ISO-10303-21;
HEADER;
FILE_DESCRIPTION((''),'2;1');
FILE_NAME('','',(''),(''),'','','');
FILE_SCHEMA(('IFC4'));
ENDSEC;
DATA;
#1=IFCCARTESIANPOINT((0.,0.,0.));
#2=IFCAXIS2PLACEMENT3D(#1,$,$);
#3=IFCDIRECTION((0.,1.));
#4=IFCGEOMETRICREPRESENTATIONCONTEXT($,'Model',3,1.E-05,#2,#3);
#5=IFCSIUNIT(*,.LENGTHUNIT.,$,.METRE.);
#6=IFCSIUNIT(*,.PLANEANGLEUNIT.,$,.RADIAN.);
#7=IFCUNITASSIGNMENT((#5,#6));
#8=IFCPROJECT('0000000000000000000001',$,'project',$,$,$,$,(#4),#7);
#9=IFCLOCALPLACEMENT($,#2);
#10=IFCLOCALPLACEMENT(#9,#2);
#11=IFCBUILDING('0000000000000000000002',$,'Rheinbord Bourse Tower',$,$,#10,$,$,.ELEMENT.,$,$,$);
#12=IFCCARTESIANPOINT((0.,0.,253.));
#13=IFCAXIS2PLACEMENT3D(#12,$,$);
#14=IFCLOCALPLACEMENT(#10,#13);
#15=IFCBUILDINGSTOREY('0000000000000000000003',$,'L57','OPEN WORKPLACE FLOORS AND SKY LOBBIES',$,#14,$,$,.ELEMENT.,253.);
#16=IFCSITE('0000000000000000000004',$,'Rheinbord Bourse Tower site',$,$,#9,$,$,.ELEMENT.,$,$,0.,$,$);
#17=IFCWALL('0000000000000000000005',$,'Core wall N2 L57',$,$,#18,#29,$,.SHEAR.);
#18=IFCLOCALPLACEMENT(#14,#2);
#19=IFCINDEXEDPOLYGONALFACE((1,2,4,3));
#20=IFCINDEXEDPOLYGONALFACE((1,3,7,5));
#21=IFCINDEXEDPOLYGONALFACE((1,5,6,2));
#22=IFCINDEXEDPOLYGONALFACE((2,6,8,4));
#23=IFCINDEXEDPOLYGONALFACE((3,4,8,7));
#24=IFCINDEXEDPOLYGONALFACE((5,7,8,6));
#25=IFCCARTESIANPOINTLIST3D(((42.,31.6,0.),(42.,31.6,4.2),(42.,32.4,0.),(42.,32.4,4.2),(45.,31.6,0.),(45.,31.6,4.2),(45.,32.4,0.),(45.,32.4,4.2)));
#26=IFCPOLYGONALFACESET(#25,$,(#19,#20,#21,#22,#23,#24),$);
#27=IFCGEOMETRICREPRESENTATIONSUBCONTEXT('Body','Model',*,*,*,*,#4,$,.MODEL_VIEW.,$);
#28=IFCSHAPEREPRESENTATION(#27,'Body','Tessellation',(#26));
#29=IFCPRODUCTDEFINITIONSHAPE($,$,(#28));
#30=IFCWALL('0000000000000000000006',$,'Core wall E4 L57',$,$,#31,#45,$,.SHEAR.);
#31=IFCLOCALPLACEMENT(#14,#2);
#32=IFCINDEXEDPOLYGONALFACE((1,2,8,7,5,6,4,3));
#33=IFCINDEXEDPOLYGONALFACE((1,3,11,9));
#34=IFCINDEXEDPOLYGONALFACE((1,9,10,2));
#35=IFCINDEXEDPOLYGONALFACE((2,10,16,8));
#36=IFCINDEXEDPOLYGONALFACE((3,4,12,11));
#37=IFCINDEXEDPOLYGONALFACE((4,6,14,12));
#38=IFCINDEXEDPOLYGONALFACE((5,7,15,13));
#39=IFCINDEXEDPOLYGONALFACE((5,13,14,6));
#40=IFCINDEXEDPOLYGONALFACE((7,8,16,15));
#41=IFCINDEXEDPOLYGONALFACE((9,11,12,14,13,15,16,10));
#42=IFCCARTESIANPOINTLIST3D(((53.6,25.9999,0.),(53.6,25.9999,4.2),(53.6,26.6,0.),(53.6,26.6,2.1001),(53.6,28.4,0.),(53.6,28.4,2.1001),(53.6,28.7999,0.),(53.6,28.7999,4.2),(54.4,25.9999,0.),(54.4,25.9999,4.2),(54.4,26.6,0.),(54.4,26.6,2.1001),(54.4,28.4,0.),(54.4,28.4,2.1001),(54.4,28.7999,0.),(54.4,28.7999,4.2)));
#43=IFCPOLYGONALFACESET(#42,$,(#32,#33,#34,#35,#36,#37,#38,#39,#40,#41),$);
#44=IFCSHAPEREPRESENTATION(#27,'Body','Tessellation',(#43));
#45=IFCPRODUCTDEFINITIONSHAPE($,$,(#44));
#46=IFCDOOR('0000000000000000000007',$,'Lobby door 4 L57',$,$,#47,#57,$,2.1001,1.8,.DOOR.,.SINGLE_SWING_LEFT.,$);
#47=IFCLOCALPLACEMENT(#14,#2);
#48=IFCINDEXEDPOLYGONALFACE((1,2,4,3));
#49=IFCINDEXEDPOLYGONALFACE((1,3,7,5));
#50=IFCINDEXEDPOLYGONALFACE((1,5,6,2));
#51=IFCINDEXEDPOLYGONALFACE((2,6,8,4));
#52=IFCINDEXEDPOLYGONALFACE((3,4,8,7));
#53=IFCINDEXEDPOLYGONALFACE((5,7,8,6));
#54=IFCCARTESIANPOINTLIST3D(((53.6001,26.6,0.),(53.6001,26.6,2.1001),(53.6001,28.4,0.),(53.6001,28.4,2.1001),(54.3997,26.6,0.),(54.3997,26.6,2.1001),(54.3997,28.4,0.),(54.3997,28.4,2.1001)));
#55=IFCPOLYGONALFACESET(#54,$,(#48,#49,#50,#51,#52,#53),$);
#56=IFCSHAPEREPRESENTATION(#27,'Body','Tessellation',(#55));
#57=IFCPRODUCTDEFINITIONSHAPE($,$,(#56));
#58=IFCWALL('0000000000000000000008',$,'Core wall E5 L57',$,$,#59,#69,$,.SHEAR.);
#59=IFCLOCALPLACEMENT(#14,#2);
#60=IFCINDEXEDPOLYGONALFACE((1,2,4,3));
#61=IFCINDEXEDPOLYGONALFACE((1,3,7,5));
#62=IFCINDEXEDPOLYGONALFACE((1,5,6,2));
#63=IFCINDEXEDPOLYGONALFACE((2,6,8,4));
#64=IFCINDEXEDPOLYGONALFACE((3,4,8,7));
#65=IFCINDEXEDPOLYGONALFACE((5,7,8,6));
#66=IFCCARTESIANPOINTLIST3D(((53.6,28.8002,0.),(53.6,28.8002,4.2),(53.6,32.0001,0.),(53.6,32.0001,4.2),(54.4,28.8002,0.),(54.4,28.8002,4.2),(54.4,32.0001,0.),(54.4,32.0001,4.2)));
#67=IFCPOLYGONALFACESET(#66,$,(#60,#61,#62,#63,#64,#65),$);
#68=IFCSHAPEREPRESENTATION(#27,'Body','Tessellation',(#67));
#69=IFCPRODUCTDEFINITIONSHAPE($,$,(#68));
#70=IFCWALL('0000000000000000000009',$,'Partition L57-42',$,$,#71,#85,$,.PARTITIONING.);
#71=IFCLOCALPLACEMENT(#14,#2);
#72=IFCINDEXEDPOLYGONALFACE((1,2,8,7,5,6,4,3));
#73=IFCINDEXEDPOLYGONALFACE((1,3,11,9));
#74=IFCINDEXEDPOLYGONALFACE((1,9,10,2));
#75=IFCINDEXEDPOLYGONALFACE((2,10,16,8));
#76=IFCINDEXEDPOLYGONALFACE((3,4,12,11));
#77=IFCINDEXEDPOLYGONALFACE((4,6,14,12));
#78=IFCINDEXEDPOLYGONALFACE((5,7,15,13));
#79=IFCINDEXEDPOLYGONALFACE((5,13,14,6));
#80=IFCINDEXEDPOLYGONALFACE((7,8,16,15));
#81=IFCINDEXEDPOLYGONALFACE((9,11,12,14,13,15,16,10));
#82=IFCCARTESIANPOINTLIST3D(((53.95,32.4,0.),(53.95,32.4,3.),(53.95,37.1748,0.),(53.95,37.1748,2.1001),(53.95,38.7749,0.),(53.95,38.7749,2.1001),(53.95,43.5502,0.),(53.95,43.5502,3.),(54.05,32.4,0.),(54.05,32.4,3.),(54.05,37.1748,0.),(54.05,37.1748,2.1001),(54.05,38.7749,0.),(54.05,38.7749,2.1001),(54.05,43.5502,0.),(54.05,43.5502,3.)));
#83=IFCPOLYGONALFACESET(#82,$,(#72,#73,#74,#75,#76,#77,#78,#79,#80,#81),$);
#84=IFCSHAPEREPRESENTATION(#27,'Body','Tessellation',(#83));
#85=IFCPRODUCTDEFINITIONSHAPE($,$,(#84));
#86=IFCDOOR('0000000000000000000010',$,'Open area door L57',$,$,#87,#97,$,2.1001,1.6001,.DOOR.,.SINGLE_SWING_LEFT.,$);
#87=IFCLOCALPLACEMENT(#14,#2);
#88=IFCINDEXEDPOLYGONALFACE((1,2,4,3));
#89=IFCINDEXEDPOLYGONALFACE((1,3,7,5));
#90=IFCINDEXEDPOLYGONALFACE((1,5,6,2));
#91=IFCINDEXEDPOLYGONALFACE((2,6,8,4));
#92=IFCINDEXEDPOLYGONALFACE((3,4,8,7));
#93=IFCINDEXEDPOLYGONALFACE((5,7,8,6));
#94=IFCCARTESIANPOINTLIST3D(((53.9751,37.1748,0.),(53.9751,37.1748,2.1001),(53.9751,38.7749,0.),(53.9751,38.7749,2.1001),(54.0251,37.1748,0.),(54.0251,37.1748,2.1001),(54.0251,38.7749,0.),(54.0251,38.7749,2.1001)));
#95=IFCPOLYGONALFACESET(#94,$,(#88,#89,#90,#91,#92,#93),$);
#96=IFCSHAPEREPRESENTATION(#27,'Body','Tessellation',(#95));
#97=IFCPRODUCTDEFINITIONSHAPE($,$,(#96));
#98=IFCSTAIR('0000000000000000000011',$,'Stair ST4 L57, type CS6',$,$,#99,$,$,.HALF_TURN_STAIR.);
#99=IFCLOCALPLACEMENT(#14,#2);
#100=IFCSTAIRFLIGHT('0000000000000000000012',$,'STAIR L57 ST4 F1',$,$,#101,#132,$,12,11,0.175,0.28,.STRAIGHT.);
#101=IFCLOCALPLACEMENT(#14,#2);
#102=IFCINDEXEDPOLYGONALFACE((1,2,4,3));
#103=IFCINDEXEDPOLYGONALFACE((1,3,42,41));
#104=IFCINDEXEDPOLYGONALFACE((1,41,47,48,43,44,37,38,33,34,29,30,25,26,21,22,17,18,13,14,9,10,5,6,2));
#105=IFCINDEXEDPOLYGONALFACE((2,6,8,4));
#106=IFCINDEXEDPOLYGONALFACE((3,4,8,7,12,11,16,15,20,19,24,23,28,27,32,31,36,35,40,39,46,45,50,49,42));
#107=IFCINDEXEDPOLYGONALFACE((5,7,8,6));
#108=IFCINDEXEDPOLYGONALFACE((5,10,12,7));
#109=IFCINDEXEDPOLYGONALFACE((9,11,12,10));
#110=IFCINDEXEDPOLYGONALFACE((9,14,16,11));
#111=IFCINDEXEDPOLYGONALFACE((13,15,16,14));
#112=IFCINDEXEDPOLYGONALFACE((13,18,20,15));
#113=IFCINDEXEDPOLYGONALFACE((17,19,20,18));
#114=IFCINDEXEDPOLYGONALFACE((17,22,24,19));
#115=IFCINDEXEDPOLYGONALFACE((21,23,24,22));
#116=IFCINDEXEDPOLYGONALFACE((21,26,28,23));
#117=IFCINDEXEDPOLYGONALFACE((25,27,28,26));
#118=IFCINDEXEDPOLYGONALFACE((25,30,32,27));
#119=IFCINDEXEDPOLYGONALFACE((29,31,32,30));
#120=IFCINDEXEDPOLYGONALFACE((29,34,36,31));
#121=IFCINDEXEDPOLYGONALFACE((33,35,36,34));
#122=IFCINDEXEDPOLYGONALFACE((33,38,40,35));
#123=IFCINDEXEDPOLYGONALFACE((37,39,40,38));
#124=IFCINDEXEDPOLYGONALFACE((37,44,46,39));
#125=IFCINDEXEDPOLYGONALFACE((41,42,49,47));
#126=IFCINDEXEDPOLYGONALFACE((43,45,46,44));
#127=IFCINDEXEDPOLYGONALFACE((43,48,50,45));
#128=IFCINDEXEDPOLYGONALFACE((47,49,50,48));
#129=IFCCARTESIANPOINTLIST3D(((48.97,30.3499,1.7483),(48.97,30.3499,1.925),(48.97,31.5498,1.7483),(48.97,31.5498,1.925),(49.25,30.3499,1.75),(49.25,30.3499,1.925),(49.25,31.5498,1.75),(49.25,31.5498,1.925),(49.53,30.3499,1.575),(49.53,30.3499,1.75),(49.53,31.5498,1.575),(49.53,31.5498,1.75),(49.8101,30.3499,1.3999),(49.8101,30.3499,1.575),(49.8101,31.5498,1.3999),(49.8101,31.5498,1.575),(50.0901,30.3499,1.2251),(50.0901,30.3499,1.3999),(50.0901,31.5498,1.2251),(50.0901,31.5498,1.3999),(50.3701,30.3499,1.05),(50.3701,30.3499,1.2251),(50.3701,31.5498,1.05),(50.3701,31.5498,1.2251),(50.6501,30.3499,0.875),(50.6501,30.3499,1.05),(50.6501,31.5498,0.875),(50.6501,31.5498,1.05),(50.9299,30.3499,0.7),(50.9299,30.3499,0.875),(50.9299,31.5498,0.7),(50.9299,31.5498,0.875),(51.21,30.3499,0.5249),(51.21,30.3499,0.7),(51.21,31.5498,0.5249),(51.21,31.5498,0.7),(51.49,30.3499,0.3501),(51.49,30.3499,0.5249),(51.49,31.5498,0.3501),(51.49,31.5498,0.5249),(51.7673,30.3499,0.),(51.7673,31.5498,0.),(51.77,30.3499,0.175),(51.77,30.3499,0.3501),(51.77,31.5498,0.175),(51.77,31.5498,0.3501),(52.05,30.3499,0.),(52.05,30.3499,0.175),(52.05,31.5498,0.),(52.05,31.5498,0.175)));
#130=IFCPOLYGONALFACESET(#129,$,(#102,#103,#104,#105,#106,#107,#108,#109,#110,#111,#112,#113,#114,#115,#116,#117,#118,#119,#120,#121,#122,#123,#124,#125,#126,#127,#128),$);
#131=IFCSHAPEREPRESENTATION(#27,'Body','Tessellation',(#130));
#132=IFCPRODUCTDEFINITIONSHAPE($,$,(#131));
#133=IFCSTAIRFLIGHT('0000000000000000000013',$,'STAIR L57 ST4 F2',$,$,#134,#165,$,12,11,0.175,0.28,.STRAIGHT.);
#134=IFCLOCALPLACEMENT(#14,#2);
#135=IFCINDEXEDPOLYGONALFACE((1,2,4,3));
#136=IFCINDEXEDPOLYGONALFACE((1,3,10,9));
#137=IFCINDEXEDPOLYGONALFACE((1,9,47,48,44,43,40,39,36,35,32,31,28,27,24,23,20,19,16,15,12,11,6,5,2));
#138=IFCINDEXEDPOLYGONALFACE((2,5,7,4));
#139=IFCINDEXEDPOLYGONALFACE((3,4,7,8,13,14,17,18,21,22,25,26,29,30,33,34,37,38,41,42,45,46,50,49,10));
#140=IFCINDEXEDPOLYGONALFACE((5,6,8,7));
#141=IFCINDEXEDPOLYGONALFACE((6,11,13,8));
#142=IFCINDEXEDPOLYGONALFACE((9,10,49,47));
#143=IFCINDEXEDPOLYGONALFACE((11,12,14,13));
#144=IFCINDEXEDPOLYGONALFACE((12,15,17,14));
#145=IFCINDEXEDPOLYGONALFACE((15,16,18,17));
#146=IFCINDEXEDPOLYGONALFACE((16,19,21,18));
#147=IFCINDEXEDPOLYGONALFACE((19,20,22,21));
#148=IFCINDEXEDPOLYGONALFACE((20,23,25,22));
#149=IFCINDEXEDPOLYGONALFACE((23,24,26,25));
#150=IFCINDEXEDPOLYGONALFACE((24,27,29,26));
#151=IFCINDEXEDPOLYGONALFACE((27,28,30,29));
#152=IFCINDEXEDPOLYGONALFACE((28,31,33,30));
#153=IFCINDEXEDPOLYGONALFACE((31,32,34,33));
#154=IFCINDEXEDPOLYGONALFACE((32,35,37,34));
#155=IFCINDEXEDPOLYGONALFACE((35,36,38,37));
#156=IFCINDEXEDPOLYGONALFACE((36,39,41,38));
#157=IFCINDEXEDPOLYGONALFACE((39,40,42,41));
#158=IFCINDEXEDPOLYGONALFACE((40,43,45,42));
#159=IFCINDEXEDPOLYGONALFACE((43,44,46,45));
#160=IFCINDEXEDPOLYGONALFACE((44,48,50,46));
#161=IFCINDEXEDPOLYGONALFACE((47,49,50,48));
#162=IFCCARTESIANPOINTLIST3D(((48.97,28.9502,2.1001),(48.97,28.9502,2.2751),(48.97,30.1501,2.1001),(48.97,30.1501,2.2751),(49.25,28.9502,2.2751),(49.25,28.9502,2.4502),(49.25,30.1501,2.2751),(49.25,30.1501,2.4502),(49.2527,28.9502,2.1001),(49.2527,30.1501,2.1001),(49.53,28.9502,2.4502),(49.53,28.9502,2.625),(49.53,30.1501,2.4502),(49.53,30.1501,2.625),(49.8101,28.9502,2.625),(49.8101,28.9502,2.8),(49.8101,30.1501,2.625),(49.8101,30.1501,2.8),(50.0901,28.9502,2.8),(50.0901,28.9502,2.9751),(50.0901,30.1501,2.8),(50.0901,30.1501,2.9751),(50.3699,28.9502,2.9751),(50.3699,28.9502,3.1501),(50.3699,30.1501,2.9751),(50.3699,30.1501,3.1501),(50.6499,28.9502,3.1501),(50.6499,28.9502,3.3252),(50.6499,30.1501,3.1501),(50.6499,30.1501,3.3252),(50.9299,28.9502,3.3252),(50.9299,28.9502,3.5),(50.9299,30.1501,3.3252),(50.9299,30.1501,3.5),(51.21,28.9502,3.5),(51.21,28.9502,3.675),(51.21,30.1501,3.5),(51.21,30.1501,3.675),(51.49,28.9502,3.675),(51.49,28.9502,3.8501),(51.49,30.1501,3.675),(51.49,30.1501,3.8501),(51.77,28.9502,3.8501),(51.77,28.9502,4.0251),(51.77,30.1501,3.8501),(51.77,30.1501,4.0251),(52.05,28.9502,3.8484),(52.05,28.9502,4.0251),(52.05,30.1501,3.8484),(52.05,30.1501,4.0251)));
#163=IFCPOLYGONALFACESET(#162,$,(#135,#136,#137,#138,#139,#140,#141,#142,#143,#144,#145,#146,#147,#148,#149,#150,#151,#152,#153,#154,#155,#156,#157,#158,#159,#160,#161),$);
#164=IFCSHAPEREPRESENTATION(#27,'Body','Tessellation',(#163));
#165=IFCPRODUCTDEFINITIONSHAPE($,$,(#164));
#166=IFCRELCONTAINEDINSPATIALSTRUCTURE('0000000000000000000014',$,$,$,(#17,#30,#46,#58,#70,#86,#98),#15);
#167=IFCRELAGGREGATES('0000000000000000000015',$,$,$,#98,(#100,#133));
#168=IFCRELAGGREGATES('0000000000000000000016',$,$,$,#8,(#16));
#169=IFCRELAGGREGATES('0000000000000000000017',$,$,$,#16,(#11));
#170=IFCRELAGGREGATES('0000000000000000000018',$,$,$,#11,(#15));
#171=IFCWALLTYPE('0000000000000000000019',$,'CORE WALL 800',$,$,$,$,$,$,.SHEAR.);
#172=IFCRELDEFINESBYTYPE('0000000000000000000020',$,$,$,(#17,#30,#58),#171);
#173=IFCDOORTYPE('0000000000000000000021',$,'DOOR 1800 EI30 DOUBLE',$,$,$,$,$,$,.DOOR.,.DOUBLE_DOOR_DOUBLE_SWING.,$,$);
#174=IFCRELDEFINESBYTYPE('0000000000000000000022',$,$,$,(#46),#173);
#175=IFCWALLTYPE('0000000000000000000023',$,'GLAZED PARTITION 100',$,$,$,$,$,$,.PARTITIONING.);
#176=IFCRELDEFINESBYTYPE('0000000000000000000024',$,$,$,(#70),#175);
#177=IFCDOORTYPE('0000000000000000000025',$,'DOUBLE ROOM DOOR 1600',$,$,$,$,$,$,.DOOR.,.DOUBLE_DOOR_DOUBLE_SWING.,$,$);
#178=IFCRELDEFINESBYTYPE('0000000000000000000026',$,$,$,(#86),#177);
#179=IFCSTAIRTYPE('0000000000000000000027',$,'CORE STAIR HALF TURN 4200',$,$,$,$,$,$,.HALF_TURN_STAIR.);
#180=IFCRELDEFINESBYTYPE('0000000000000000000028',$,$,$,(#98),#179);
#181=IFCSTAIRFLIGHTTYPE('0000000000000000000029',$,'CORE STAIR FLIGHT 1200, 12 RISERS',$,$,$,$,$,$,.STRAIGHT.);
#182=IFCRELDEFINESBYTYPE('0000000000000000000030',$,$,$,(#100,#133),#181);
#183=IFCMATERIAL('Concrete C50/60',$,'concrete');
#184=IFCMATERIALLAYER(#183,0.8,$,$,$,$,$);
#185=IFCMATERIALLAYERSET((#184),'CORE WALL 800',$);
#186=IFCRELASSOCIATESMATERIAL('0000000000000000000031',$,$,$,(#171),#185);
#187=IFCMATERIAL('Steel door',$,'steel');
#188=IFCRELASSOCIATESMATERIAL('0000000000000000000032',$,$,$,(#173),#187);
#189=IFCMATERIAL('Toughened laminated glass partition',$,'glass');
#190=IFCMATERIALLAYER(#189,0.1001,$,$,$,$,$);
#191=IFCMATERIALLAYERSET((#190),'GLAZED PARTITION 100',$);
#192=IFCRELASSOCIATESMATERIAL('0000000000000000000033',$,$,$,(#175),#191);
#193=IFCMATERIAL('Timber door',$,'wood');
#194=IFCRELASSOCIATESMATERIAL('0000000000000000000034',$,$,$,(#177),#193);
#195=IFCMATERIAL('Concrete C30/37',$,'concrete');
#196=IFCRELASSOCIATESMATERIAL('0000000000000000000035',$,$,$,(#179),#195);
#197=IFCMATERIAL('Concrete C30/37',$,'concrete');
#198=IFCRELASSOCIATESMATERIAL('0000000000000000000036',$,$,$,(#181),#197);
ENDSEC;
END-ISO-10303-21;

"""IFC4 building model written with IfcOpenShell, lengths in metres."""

from ifc_helpers import new_model, si_unit, direction, frame, frame_2d, origin, place, context, subcontext, project, spatial, polyline, rectangle, outline, extrude, material, layer, layer_set, type_object, element, fill, aggregate, save


model = new_model("IFC4")

# Units and contexts
model_context = context("Model", 3, precision=1e-05, world=origin(), true_north=direction((0.0, 1.0)))
body_context = subcontext(model_context, "Body", "Model", "MODEL_VIEW")
ifc_project = project(units=[si_unit("LENGTHUNIT", "METRE"), si_unit("PLANEANGLEUNIT", "RADIAN")], contexts=[model_context])

# Site, building, storey
site_placement = place(None, origin())
site = spatial("IfcSite", under=ifc_project, at=site_placement, Name="Rheinbord Bourse Tower site", CompositionType="ELEMENT", RefElevation=0.0)
building_placement = place(site_placement, origin())
building = spatial("IfcBuilding", under=site, at=building_placement, Name="Rheinbord Bourse Tower", CompositionType="ELEMENT")
storey_placement = place(building_placement, frame((0.0, 0.0, 253.0)))
storey = spatial("IfcBuildingStorey", under=building, at=storey_placement, Name="L57", Description="OPEN WORKPLACE FLOORS AND SKY LOBBIES", CompositionType="ELEMENT", Elevation=253.0)

# Wall
ifc_material_1 = material(Name="Concrete C50/60", Category="concrete")
ifc_layer_1 = layer(ifc_material_1, 0.8)
ifc_layer_set_1 = layer_set([ifc_layer_1], Name="CORE WALL 800")
wall_type_1 = type_object("IfcWallType", Name="CORE WALL 800", PredefinedType="SHEAR", material=ifc_layer_set_1)
wall_1_placement = place(storey_placement, frame((45.0, 32.0, 0.0), z_axis=(0.0, 0.0, 1.0), x_axis=(-1.0, 0.0, 0.0)))
element("IfcWall", 1, at=wall_1_placement, inside=storey, type_object=wall_type_1, Name="Core wall N2 L57", PredefinedType="SHEAR", context=body_context, shape_type="SweptSolid", body=[
    extrude(rectangle(XDim=3.0, YDim=0.8, at=frame_2d((1.5, 0.0))), origin(), (0.0, 0.0, 1.0), 4.2),
])

# Wall, opening, door
wall_2_placement = place(storey_placement, frame((54.0, 26.0, 0.0), z_axis=(0.0, 0.0, 1.0), x_axis=(0.0, 1.0, 0.0)))
wall_2 = element("IfcWall", 2, at=wall_2_placement, inside=storey, type_object=wall_type_1, Name="Core wall E4 L57", PredefinedType="SHEAR", context=body_context, shape_type="SweptSolid", body=[
    extrude(rectangle(XDim=2.8, YDim=0.8, at=frame_2d((1.3999, 0.0))), origin(), (0.0, 0.0, 1.0), 4.2),
])
opening_1_placement = place(wall_2_placement, frame((0.6001, 0.0, 0.0)))
opening_1 = element("IfcOpeningElement", 3, at=opening_1_placement, cuts=wall_2, PredefinedType="OPENING", context=body_context, shape_type="SweptSolid", body=[
    extrude(rectangle(XDim=1.8, YDim=2.1001, at=frame_2d((0.8999, 1.05))), frame((0.0, 0.4099, 0.0), z_axis=(0.0, -1.0, 0.0), x_axis=(1.0, 0.0, 0.0)), (0.0, 0.0, 1.0), 0.8201),
])
ifc_material_2 = material(Name="Steel door", Category="steel")
door_type_1 = type_object("IfcDoorType", Name="DOOR 1800 EI30 DOUBLE", OperationType="DOUBLE_DOOR_DOUBLE_SWING", PredefinedType="DOOR", material=ifc_material_2)
door_1_placement = place(opening_1_placement, origin())
door_1 = element("IfcDoor", 4, at=door_1_placement, inside=storey, type_object=door_type_1, Name="Lobby door 4 L57", OperationType="SINGLE_SWING_LEFT", OverallHeight=2.1001, OverallWidth=1.8, PredefinedType="DOOR", context=body_context, shape_type="SweptSolid", body=[
    extrude(rectangle(XDim=1.8, YDim=2.1001, at=frame_2d((0.8999, 1.05))), frame((0.0, 0.3999, 0.0), z_axis=(0.0, -1.0, 0.0), x_axis=(1.0, 0.0, 0.0)), (0.0, 0.0, 1.0), 0.7996),
])
fill(opening_1, door_1)

# Wall
wall_3_placement = place(storey_placement, frame((54.0, 28.8, 0.0), z_axis=(0.0, 0.0, 1.0), x_axis=(0.0, 1.0, 0.0)))
element("IfcWall", 5, at=wall_3_placement, inside=storey, type_object=wall_type_1, Name="Core wall E5 L57", PredefinedType="SHEAR", context=body_context, shape_type="SweptSolid", body=[
    extrude(rectangle(XDim=3.2, YDim=0.8, at=frame_2d((1.6001, 0.0))), origin(), (0.0, 0.0, 1.0), 4.2),
])

# Wall, opening, door
ifc_material_3 = material(Name="Toughened laminated glass partition", Category="glass")
ifc_layer_2 = layer(ifc_material_3, 0.1001)
ifc_layer_set_2 = layer_set([ifc_layer_2], Name="GLAZED PARTITION 100")
wall_type_2 = type_object("IfcWallType", Name="GLAZED PARTITION 100", PredefinedType="PARTITIONING", material=ifc_layer_set_2)
wall_4_placement = place(storey_placement, frame((54.0, 32.3999, 0.0), z_axis=(0.0, 0.0, 1.0), x_axis=(0.0, 1.0, 0.0)))
wall_4 = element("IfcWall", 6, at=wall_4_placement, inside=storey, type_object=wall_type_2, Name="Partition L57-42", PredefinedType="PARTITIONING", context=body_context, shape_type="SweptSolid", body=[
    extrude(rectangle(XDim=11.1501, YDim=0.1001, at=frame_2d((5.5752, 0.0))), origin(), (0.0, 0.0, 1.0), 3.0),
])
opening_2_placement = place(wall_4_placement, frame((4.7749, 0.0, 0.0)))
opening_2 = element("IfcOpeningElement", 7, at=opening_2_placement, cuts=wall_4, PredefinedType="OPENING", context=body_context, shape_type="SweptSolid", body=[
    extrude(rectangle(XDim=1.6001, YDim=2.1001, at=frame_2d((0.8, 1.05))), frame((0.0, 0.0601, 0.0), z_axis=(0.0, -1.0, 0.0), x_axis=(1.0, 0.0, 0.0)), (0.0, 0.0, 1.0), 0.1201),
])
ifc_material_4 = material(Name="Timber door", Category="wood")
door_type_2 = type_object("IfcDoorType", Name="DOUBLE ROOM DOOR 1600", OperationType="DOUBLE_DOOR_DOUBLE_SWING", PredefinedType="DOOR", material=ifc_material_4)
door_2_placement = place(opening_2_placement, origin())
door_2 = element("IfcDoor", 8, at=door_2_placement, inside=storey, type_object=door_type_2, Name="Open area door L57", OperationType="SINGLE_SWING_LEFT", OverallHeight=2.1001, OverallWidth=1.6001, PredefinedType="DOOR", context=body_context, shape_type="SweptSolid", body=[
    extrude(rectangle(XDim=1.6001, YDim=2.1001, at=frame_2d((0.8, 1.05))), frame((0.0, 0.0249, 0.0), z_axis=(0.0, -1.0, 0.0), x_axis=(1.0, 0.0, 0.0)), (0.0, 0.0, 1.0), 0.05),
])
fill(opening_2, door_2)

# Stair, stair flights
ifc_material_5 = material(Name="Concrete C30/37", Category="concrete")
stair_type = type_object("IfcStairType", Name="CORE STAIR HALF TURN 4200", PredefinedType="HALF_TURN_STAIR", material=ifc_material_5)
stair_placement = place(storey_placement, origin())
stair = element("IfcStair", 9, at=stair_placement, inside=storey, type_object=stair_type, Name="Stair ST4 L57, type CS6", PredefinedType="HALF_TURN_STAIR")
ifc_material_6 = material(Name="Concrete C30/37", Category="concrete")
stair_flight_type = type_object("IfcStairFlightType", Name="CORE STAIR FLIGHT 1200, 12 RISERS", PredefinedType="STRAIGHT", material=ifc_material_6)
stair_flight_1_placement = place(storey_placement, frame((52.05, 30.95, 0.0), z_axis=(0.0, 0.0, 1.0), x_axis=(-1.0, 0.0, 0.0)))
stair_flight_1 = element("IfcStairFlight", 10, at=stair_flight_1_placement, type_object=stair_flight_type, Name="STAIR L57 ST4 F1", NumberOfRisers=12, NumberOfTreads=11, PredefinedType="STRAIGHT", RiserHeight=0.175, TreadLength=0.28, context=body_context, shape_type="SweptSolid", body=[
    extrude(outline(polyline([(0.0, 0.0), (0.0, 0.175), (0.28, 0.175), (0.28, 0.3501), (0.5601, 0.3501), (0.5601, 0.5249), (0.8401, 0.5249), (0.8401, 0.7), (1.1201, 0.7), (1.1201, 0.875), (1.3999, 0.875), (1.3999, 1.05), (1.6799, 1.05), (1.6799, 1.2251), (1.96, 1.2251), (1.96, 1.3999), (2.24, 1.3999), (2.24, 1.575), (2.52, 1.575), (2.52, 1.75), (2.8, 1.75), (2.8, 1.925), (3.0801, 1.925), (3.0801, 2.1001), (3.0801, 1.7483), (0.2827, 0.0), (0.0, 0.0)])), frame((0.0, 0.6001, 0.0), z_axis=(0.0, -1.0, 0.0), x_axis=(1.0, 0.0, 0.0)), (0.0, 0.0, 1.0), 1.2),
])
stair_flight_2_placement = place(storey_placement, frame((48.97, 29.55, 2.1001), z_axis=(0.0, 0.0, 1.0), x_axis=(1.0, 0.0, 0.0)))
stair_flight_2 = element("IfcStairFlight", 11, at=stair_flight_2_placement, type_object=stair_flight_type, Name="STAIR L57 ST4 F2", NumberOfRisers=12, NumberOfTreads=11, PredefinedType="STRAIGHT", RiserHeight=0.175, TreadLength=0.28, context=body_context, shape_type="SweptSolid", body=[
    extrude(outline(polyline([(0.0, 0.0), (0.0, 0.175), (0.28, 0.175), (0.28, 0.3501), (0.5601, 0.3501), (0.5601, 0.5249), (0.8401, 0.5249), (0.8401, 0.7), (1.1201, 0.7), (1.1201, 0.875), (1.3999, 0.875), (1.3999, 1.05), (1.6799, 1.05), (1.6799, 1.2251), (1.96, 1.2251), (1.96, 1.3999), (2.24, 1.3999), (2.24, 1.575), (2.52, 1.575), (2.52, 1.75), (2.8, 1.75), (2.8, 1.925), (3.0801, 1.925), (3.0801, 2.1001), (3.0801, 1.7483), (0.2827, 0.0), (0.0, 0.0)])), frame((0.0, 0.6001, 0.0), z_axis=(0.0, -1.0, 0.0), x_axis=(1.0, 0.0, 0.0)), (0.0, 0.0, 1.0), 1.2),
])
aggregate(stair, [stair_flight_1, stair_flight_2])

save(model, "model.ifc")
